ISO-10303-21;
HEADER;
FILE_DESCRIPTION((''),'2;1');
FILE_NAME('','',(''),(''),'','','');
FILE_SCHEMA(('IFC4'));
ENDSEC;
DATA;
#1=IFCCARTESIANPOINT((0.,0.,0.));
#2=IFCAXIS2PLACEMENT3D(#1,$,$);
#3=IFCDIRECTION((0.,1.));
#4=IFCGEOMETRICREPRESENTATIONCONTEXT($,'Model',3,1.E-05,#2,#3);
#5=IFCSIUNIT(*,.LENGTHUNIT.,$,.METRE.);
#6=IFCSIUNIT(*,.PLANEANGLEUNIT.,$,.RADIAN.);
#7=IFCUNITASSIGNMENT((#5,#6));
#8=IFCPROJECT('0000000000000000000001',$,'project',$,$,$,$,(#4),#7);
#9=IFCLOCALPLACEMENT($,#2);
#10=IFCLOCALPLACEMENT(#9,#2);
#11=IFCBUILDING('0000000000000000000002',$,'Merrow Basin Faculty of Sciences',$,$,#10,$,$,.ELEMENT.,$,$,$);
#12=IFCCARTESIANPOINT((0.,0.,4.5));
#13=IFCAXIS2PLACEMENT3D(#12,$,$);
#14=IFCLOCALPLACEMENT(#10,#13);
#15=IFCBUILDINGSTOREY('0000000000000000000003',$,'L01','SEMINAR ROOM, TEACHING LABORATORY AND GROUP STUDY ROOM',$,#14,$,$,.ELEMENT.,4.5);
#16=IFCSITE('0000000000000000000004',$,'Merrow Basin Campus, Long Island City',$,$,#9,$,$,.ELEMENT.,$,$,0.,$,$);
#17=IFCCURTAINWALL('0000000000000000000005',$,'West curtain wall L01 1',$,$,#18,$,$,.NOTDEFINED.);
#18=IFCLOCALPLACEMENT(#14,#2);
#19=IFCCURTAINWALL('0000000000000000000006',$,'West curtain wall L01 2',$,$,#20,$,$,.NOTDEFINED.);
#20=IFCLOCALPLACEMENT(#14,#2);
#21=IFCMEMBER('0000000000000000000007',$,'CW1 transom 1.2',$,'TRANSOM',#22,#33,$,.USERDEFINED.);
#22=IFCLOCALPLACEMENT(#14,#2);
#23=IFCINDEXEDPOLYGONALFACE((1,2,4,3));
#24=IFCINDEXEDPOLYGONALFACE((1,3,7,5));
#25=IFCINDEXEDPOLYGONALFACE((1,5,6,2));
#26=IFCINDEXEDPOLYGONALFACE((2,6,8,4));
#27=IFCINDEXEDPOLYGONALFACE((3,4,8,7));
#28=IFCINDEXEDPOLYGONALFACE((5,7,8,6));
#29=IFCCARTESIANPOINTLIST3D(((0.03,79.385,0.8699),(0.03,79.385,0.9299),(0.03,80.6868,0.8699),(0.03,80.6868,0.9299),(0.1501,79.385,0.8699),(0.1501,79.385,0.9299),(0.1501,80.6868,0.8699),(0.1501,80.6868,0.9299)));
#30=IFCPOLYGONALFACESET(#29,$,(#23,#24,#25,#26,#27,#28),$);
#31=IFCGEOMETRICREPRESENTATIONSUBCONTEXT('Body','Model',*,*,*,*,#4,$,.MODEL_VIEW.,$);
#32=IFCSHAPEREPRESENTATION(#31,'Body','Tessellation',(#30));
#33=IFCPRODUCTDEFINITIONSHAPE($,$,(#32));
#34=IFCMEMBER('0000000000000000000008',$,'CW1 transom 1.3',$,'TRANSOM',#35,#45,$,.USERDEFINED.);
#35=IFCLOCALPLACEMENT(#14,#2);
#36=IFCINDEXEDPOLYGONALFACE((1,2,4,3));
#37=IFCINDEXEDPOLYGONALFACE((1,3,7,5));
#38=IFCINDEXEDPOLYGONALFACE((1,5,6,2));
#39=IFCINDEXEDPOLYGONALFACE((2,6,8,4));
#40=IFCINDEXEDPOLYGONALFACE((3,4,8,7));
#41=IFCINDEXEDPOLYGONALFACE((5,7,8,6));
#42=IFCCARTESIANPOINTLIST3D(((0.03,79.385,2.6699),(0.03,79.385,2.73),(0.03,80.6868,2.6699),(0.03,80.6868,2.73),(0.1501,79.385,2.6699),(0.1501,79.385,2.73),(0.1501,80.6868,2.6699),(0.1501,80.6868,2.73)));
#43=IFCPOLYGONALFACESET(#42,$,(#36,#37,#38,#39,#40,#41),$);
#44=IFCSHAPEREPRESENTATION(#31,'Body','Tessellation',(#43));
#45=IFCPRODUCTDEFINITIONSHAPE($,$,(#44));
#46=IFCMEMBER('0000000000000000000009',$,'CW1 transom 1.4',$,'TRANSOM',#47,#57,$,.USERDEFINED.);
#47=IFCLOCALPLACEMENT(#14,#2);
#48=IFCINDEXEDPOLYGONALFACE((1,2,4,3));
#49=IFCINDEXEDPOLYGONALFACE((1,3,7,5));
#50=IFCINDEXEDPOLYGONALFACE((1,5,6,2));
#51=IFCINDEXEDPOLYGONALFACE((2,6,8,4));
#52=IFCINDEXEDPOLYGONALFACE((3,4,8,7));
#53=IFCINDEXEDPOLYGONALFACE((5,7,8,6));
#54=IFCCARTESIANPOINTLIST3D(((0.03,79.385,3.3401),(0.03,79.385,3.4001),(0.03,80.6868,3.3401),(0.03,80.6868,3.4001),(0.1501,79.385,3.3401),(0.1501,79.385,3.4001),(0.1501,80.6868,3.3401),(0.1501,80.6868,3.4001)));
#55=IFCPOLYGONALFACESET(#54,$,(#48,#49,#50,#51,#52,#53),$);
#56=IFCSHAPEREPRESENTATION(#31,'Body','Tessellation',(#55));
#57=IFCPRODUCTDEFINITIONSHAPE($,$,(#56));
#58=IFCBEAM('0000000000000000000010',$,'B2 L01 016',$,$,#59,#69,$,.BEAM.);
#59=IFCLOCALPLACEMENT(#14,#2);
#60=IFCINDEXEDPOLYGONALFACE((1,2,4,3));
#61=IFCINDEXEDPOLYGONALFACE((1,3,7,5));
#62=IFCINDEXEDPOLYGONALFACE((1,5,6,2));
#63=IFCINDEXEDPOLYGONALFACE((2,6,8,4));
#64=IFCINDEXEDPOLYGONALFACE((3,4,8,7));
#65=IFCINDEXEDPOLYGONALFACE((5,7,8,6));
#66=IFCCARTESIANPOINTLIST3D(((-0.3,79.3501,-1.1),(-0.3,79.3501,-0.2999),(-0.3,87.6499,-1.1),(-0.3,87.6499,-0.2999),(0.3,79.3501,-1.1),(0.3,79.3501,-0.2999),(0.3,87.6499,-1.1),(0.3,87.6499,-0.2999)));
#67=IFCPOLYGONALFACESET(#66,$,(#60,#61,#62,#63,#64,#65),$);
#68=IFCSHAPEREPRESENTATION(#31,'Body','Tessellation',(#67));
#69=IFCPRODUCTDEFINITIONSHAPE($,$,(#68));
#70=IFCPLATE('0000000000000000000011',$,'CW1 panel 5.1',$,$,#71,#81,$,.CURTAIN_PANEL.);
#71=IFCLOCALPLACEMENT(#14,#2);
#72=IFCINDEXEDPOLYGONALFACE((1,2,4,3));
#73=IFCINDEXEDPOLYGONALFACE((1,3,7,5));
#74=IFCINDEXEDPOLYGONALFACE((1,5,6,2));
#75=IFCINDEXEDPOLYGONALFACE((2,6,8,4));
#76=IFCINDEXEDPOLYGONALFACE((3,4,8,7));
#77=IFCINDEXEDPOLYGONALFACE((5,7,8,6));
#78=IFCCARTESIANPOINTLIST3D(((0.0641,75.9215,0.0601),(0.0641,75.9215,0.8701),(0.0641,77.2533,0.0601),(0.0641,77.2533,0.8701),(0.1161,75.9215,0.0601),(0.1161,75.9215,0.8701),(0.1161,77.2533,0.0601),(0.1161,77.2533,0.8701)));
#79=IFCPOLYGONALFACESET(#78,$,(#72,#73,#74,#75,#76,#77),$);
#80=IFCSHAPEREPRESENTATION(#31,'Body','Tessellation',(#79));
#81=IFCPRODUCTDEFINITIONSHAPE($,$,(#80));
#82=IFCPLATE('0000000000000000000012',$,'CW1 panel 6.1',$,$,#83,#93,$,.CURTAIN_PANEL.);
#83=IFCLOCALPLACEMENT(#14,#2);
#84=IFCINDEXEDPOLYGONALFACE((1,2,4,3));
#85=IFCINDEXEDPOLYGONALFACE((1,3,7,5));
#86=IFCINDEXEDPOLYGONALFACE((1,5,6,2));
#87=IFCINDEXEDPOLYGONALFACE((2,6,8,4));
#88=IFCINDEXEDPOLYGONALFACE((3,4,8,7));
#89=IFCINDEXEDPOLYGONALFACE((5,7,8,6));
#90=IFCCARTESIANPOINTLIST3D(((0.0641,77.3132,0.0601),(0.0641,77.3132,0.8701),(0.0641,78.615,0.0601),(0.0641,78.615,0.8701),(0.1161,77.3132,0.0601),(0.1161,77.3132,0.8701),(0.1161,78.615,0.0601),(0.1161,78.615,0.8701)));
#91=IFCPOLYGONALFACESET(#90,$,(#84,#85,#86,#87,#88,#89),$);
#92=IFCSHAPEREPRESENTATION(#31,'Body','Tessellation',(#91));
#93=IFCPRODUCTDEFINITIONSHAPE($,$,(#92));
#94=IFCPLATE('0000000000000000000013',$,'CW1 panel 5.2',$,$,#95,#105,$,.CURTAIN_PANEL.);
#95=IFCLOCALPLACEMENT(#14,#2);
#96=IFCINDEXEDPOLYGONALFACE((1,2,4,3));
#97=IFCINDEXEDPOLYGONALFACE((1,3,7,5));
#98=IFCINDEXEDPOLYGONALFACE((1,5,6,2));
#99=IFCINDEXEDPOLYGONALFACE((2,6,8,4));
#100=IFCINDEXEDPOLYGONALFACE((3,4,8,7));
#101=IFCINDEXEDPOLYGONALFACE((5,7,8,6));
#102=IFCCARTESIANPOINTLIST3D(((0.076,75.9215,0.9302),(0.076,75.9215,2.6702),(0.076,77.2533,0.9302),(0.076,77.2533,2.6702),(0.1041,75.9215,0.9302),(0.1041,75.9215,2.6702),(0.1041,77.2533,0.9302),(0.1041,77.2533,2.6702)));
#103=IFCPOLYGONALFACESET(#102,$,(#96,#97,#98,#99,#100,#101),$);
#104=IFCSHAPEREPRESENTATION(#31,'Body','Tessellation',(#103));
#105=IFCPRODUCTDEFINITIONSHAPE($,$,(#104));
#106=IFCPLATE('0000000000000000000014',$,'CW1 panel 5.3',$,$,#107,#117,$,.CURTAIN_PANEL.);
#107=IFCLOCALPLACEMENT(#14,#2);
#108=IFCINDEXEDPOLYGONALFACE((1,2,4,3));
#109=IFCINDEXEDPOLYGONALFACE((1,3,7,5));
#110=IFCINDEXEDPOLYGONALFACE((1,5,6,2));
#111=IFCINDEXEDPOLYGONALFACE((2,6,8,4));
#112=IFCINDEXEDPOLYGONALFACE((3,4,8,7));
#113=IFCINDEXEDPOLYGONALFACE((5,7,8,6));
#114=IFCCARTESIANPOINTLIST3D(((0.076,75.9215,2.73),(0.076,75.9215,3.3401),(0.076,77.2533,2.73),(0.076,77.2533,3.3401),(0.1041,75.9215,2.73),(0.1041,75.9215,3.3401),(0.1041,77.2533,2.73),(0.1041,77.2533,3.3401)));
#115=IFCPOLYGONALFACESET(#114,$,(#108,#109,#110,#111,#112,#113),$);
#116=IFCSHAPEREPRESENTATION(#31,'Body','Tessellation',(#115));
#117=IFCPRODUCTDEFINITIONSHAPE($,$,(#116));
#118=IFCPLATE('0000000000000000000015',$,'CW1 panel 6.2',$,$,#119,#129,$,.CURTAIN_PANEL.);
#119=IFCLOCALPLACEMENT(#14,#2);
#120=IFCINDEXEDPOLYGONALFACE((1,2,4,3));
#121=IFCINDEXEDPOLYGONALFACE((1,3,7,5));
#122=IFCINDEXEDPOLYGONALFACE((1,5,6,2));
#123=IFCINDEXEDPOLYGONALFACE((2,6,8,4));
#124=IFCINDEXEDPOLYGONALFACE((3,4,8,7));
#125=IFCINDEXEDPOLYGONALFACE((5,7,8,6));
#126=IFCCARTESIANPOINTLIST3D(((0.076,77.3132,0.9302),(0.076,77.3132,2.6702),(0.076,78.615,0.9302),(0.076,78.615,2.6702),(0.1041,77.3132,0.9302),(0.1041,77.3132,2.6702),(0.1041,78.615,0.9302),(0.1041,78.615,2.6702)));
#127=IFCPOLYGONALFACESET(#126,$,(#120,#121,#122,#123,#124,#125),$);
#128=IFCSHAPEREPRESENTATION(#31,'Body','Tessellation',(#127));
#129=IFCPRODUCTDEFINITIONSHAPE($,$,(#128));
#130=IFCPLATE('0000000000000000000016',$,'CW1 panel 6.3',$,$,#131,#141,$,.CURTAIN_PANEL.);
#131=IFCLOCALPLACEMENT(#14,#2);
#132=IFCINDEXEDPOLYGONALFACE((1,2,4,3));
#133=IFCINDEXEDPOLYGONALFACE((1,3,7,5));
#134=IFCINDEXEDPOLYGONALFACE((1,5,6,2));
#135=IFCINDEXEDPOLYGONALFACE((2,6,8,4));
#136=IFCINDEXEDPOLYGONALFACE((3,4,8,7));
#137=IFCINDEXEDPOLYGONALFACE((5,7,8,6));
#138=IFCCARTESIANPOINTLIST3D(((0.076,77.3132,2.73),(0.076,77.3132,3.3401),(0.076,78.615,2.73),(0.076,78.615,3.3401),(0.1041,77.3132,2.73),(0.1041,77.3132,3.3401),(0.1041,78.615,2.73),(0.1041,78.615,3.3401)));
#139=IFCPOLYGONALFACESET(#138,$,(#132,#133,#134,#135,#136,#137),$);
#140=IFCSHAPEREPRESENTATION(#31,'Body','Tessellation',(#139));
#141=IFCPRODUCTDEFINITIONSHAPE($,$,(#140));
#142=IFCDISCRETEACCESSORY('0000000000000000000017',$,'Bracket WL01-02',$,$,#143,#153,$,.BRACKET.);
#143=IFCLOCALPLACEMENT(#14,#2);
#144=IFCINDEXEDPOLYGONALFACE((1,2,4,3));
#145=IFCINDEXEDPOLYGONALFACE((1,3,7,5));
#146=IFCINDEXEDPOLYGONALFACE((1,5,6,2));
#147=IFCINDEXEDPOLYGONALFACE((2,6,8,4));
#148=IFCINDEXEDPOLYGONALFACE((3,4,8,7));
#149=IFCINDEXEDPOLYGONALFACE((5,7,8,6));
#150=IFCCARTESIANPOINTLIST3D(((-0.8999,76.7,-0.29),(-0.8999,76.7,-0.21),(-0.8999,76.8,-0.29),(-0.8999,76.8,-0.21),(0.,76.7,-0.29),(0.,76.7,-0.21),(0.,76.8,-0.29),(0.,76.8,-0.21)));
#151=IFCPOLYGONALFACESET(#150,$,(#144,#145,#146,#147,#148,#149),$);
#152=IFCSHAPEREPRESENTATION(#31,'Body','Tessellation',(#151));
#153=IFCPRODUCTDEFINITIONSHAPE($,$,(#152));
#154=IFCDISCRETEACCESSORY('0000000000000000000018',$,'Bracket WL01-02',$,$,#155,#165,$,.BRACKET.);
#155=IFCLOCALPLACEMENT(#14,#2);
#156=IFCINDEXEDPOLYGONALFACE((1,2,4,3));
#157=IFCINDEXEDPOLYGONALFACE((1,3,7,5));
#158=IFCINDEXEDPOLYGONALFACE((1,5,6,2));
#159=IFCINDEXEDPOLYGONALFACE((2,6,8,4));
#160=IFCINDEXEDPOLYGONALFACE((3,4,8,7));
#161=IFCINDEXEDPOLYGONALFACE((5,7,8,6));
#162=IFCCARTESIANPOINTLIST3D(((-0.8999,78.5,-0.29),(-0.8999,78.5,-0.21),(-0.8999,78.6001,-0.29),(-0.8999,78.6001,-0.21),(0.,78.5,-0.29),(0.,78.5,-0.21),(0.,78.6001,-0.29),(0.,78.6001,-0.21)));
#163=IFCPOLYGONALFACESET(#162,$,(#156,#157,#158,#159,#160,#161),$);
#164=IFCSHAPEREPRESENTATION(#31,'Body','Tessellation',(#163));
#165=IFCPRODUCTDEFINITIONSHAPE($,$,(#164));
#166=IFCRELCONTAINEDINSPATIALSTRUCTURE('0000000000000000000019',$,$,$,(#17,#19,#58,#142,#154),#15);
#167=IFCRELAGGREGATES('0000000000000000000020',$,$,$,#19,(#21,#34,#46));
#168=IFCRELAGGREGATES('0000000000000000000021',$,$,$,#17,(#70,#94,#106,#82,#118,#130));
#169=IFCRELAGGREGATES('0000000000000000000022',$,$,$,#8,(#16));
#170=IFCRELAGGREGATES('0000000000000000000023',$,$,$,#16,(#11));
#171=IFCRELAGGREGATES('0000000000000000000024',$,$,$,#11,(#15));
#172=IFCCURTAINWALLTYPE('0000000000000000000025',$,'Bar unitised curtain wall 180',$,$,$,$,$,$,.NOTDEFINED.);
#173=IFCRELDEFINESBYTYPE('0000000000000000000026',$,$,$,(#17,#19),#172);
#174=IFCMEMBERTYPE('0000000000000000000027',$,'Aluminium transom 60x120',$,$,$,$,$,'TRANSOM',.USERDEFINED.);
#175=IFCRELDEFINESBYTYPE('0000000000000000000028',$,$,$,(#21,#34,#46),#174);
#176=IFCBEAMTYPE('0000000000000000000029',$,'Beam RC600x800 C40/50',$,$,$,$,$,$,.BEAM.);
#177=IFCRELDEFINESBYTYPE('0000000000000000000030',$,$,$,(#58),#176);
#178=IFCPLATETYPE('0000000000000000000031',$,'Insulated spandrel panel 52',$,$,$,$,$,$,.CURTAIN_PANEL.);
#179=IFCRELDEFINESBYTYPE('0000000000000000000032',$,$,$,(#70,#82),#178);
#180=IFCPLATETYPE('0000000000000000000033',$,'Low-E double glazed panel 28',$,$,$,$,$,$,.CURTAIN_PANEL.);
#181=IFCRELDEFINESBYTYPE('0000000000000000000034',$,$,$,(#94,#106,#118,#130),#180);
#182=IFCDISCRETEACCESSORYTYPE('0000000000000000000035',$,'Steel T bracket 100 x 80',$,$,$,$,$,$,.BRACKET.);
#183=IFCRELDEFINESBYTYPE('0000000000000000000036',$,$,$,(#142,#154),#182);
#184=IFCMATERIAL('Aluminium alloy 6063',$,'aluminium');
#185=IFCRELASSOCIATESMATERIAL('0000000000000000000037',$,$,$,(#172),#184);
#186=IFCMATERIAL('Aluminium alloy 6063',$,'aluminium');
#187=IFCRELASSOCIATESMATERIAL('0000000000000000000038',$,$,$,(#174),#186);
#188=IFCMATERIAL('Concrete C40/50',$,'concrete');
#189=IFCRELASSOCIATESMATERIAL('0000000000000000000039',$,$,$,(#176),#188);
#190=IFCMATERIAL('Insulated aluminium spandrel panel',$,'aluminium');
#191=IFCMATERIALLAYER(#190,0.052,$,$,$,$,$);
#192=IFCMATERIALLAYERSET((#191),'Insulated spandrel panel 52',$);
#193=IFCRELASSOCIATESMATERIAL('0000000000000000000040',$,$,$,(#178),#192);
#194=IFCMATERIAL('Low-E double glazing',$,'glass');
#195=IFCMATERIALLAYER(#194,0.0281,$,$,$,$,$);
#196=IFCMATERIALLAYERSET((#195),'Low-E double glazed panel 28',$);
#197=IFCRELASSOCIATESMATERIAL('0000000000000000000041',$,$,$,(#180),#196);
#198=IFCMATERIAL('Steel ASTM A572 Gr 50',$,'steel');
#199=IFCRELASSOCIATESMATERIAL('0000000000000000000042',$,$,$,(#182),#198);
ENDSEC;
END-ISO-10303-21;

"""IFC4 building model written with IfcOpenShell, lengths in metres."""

from ifc_helpers import new_model, si_unit, direction, frame, origin, origin_2d, place, context, subcontext, project, spatial, polyline, rectangle, outline, extrude, source, transform, mapped, material, layer, layer_set, material_profile, profile_set, type_object, element, aggregate, save


model = new_model("IFC4")

# Units and contexts
model_context = context("Model", 3, precision=1e-05, world=origin(), true_north=direction((0.0, 1.0)))
body_context = subcontext(model_context, "Body", "Model", "MODEL_VIEW")
ifc_project = project(units=[si_unit("LENGTHUNIT", "METRE"), si_unit("PLANEANGLEUNIT", "RADIAN")], contexts=[model_context])

# Site, building, storey
site_placement = place(None, origin())
site = spatial("IfcSite", under=ifc_project, at=site_placement, Name="Merrow Basin Campus, Long Island City", CompositionType="ELEMENT", RefElevation=0.0)
building_placement = place(site_placement, origin())
building = spatial("IfcBuilding", under=site, at=building_placement, Name="Merrow Basin Faculty of Sciences", CompositionType="ELEMENT")
storey_placement = place(building_placement, frame((0.0, 0.0, 4.5)))
storey = spatial("IfcBuildingStorey", under=building, at=storey_placement, Name="L01", Description="SEMINAR ROOM, TEACHING LABORATORY AND GROUP STUDY ROOM", CompositionType="ELEMENT", Elevation=4.5)

# Curtain wall
ifc_material_1 = material(Name="Aluminium alloy 6063", Category="aluminium")
curtain_wall_type = type_object("IfcCurtainWallType", Name="Bar unitised curtain wall 180", PredefinedType="NOTDEFINED", material=ifc_material_1)
curtain_wall_1_placement = place(storey_placement, origin())
curtain_wall_1 = element("IfcCurtainWall", 1, at=curtain_wall_1_placement, inside=storey, type_object=curtain_wall_type, Name="West curtain wall L01 1", PredefinedType="NOTDEFINED")

# Curtain wall
curtain_wall_2_placement = place(storey_placement, origin())
curtain_wall_2 = element("IfcCurtainWall", 2, at=curtain_wall_2_placement, inside=storey, type_object=curtain_wall_type, Name="West curtain wall L01 2", PredefinedType="NOTDEFINED")

# Members
ifc_material_2 = material(Name="Aluminium alloy 6063", Category="aluminium")
ifc_material_profile_1 = material_profile(ifc_material_2, rectangle(XDim=0.1201, YDim=0.0601, at=origin_2d()))
ifc_profile_set_1 = profile_set([ifc_material_profile_1], Name="Aluminium alloy 6063")
member_type_1 = type_object("IfcMemberType", Name="Aluminium transom 60x120", ElementType="TRANSOM", PredefinedType="USERDEFINED", material=ifc_profile_set_1)
member_1_placement = place(storey_placement, frame((0.0901, 79.385, 0.8999), z_axis=(0.0, 1.0, 0.0), x_axis=(-1.0, 0.0, 0.0)))
member_1 = element("IfcMember", 3, at=member_1_placement, type_object=member_type_1, Name="CW1 transom 1.2", ObjectType="TRANSOM", PredefinedType="USERDEFINED", context=body_context, shape_type="SweptSolid", body=[
    extrude(rectangle(XDim=0.1201, YDim=0.0601, at=origin_2d()), origin(), (0.0, 0.0, 1.0), 1.3018),
])
member_2_placement = place(storey_placement, frame((0.0901, 79.385, 2.7), z_axis=(0.0, 1.0, 0.0), x_axis=(-1.0, 0.0, 0.0)))
member_2 = element("IfcMember", 4, at=member_2_placement, type_object=member_type_1, Name="CW1 transom 1.3", ObjectType="TRANSOM", PredefinedType="USERDEFINED", context=body_context, shape_type="SweptSolid", body=[
    extrude(rectangle(XDim=0.1201, YDim=0.0601, at=origin_2d()), origin(), (0.0, 0.0, 1.0), 1.3018),
])
member_3_placement = place(storey_placement, frame((0.0901, 79.385, 3.3701), z_axis=(0.0, 1.0, 0.0), x_axis=(-1.0, 0.0, 0.0)))
member_3 = element("IfcMember", 5, at=member_3_placement, type_object=member_type_1, Name="CW1 transom 1.4", ObjectType="TRANSOM", PredefinedType="USERDEFINED", context=body_context, shape_type="SweptSolid", body=[
    extrude(rectangle(XDim=0.1201, YDim=0.0601, at=origin_2d()), origin(), (0.0, 0.0, 1.0), 1.3018),
])
aggregate(curtain_wall_2, [member_1, member_2, member_3])

# Beam
ifc_material_3 = material(Name="Concrete C40/50", Category="concrete")
ifc_material_profile_2 = material_profile(ifc_material_3, rectangle(XDim=0.6001, YDim=0.8, at=origin_2d()))
ifc_profile_set_2 = profile_set([ifc_material_profile_2], Name="Concrete C40/50")
beam_type = type_object("IfcBeamType", Name="Beam RC600x800 C40/50", PredefinedType="BEAM", material=ifc_profile_set_2)
beam_placement = place(storey_placement, frame((0.0, 79.3501, -0.7), z_axis=(0.0, 1.0, 0.0), x_axis=(-1.0, 0.0, 0.0)))
element("IfcBeam", 6, at=beam_placement, inside=storey, type_object=beam_type, Name="B2 L01 016", PredefinedType="BEAM", context=body_context, shape_type="SweptSolid", body=[
    extrude(rectangle(XDim=0.6001, YDim=0.8, at=origin_2d()), origin(), (0.0, 0.0, 1.0), 8.2998),
])

# Plates
ifc_material_4 = material(Name="Insulated aluminium spandrel panel", Category="aluminium")
ifc_layer_1 = layer(ifc_material_4, 0.052)
ifc_layer_set_1 = layer_set([ifc_layer_1], Name="Insulated spandrel panel 52")
plate_type_1 = type_object("IfcPlateType", Name="Insulated spandrel panel 52", PredefinedType="CURTAIN_PANEL", material=ifc_layer_set_1)
plate_1_placement = place(storey_placement, frame((0.0901, 76.5874, 0.0601), z_axis=(0.0, 0.0, 1.0), x_axis=(0.0, 1.0, 0.0)))
plate_1 = element("IfcPlate", 7, at=plate_1_placement, type_object=plate_type_1, Name="CW1 panel 5.1", PredefinedType="CURTAIN_PANEL", context=body_context, shape_type="SweptSolid", body=[
    extrude(rectangle(XDim=1.3318, YDim=0.052, at=origin_2d()), origin(), (0.0, 0.0, 1.0), 0.8101),
])
plate_2_placement = place(storey_placement, frame((0.0901, 77.9641, 0.0601), z_axis=(0.0, 0.0, 1.0), x_axis=(0.0, 1.0, 0.0)))
plate_2 = element("IfcPlate", 8, at=plate_2_placement, type_object=plate_type_1, Name="CW1 panel 6.1", PredefinedType="CURTAIN_PANEL", context=body_context, shape_type="SweptSolid", body=[
    extrude(rectangle(XDim=1.3018, YDim=0.052, at=origin_2d()), origin(), (0.0, 0.0, 1.0), 0.8101),
])
ifc_material_5 = material(Name="Low-E double glazing", Category="glass")
ifc_layer_2 = layer(ifc_material_5, 0.0281)
ifc_layer_set_2 = layer_set([ifc_layer_2], Name="Low-E double glazed panel 28")
plate_type_2 = type_object("IfcPlateType", Name="Low-E double glazed panel 28", PredefinedType="CURTAIN_PANEL", material=ifc_layer_set_2)
plate_3_placement = place(storey_placement, frame((0.0901, 76.5874, 0.9302), z_axis=(0.0, 0.0, 1.0), x_axis=(0.0, 1.0, 0.0)))
plate_3 = element("IfcPlate", 9, at=plate_3_placement, type_object=plate_type_2, Name="CW1 panel 5.2", PredefinedType="CURTAIN_PANEL", context=body_context, shape_type="SweptSolid", body=[
    extrude(rectangle(XDim=1.3318, YDim=0.0281, at=origin_2d()), origin(), (0.0, 0.0, 1.0), 1.74),
])
plate_4_placement = place(storey_placement, frame((0.0901, 76.5874, 2.73), z_axis=(0.0, 0.0, 1.0), x_axis=(0.0, 1.0, 0.0)))
plate_4 = element("IfcPlate", 10, at=plate_4_placement, type_object=plate_type_2, Name="CW1 panel 5.3", PredefinedType="CURTAIN_PANEL", context=body_context, shape_type="SweptSolid", body=[
    extrude(rectangle(XDim=1.3318, YDim=0.0281, at=origin_2d()), origin(), (0.0, 0.0, 1.0), 0.6101),
])
plate_5_placement = place(storey_placement, frame((0.0901, 77.9641, 0.9302), z_axis=(0.0, 0.0, 1.0), x_axis=(0.0, 1.0, 0.0)))
plate_5 = element("IfcPlate", 11, at=plate_5_placement, type_object=plate_type_2, Name="CW1 panel 6.2", PredefinedType="CURTAIN_PANEL", context=body_context, shape_type="SweptSolid", body=[
    extrude(rectangle(XDim=1.3018, YDim=0.0281, at=origin_2d()), origin(), (0.0, 0.0, 1.0), 1.74),
])
plate_6_placement = place(storey_placement, frame((0.0901, 77.9641, 2.73), z_axis=(0.0, 0.0, 1.0), x_axis=(0.0, 1.0, 0.0)))
plate_6 = element("IfcPlate", 12, at=plate_6_placement, type_object=plate_type_2, Name="CW1 panel 6.3", PredefinedType="CURTAIN_PANEL", context=body_context, shape_type="SweptSolid", body=[
    extrude(rectangle(XDim=1.3018, YDim=0.0281, at=origin_2d()), origin(), (0.0, 0.0, 1.0), 0.6101),
])
aggregate(curtain_wall_1, [plate_1, plate_3, plate_4, plate_2, plate_5, plate_6])

# Discrete accessories
ifc_material_6 = material(Name="Steel ASTM A572 Gr 50", Category="steel")
discrete_accessory_type = type_object("IfcDiscreteAccessoryType", Name="Steel T bracket 100 x 80", PredefinedType="BRACKET", material=ifc_material_6)
shared_shape_1 = source(origin(), body_context, "Body", "SweptSolid", [
    extrude(outline(polyline([(0.0, 0.0), (0.1001, 0.0), (0.1001, 0.0801), (0.0, 0.0801), (0.0, 0.0)])), origin(), (0.0, 0.0, 1.0), 0.8999),
])
for number, where, z_axis, x_axis, name in (
    (13, (-0.8999, 76.7, -0.29), (1.0, 0.0, 0.0), (0.0, 1.0, 0.0), "Bracket WL01-02"),
    (14, (-0.8999, 78.5, -0.29), (1.0, 0.0, 0.0), (0.0, 1.0, 0.0), "Bracket WL01-02"),
):
    element("IfcDiscreteAccessory", number, at=place(storey_placement, frame(where, z_axis=z_axis, x_axis=x_axis)), inside=storey, type_object=discrete_accessory_type, Name=name, PredefinedType="BRACKET", context=body_context, shape_type="MappedRepresentation", body=[
        mapped(shared_shape_1, transform((0.0, 0.0, 0.0), scale=1.0)),
    ])

save(model, "model.ifc")
